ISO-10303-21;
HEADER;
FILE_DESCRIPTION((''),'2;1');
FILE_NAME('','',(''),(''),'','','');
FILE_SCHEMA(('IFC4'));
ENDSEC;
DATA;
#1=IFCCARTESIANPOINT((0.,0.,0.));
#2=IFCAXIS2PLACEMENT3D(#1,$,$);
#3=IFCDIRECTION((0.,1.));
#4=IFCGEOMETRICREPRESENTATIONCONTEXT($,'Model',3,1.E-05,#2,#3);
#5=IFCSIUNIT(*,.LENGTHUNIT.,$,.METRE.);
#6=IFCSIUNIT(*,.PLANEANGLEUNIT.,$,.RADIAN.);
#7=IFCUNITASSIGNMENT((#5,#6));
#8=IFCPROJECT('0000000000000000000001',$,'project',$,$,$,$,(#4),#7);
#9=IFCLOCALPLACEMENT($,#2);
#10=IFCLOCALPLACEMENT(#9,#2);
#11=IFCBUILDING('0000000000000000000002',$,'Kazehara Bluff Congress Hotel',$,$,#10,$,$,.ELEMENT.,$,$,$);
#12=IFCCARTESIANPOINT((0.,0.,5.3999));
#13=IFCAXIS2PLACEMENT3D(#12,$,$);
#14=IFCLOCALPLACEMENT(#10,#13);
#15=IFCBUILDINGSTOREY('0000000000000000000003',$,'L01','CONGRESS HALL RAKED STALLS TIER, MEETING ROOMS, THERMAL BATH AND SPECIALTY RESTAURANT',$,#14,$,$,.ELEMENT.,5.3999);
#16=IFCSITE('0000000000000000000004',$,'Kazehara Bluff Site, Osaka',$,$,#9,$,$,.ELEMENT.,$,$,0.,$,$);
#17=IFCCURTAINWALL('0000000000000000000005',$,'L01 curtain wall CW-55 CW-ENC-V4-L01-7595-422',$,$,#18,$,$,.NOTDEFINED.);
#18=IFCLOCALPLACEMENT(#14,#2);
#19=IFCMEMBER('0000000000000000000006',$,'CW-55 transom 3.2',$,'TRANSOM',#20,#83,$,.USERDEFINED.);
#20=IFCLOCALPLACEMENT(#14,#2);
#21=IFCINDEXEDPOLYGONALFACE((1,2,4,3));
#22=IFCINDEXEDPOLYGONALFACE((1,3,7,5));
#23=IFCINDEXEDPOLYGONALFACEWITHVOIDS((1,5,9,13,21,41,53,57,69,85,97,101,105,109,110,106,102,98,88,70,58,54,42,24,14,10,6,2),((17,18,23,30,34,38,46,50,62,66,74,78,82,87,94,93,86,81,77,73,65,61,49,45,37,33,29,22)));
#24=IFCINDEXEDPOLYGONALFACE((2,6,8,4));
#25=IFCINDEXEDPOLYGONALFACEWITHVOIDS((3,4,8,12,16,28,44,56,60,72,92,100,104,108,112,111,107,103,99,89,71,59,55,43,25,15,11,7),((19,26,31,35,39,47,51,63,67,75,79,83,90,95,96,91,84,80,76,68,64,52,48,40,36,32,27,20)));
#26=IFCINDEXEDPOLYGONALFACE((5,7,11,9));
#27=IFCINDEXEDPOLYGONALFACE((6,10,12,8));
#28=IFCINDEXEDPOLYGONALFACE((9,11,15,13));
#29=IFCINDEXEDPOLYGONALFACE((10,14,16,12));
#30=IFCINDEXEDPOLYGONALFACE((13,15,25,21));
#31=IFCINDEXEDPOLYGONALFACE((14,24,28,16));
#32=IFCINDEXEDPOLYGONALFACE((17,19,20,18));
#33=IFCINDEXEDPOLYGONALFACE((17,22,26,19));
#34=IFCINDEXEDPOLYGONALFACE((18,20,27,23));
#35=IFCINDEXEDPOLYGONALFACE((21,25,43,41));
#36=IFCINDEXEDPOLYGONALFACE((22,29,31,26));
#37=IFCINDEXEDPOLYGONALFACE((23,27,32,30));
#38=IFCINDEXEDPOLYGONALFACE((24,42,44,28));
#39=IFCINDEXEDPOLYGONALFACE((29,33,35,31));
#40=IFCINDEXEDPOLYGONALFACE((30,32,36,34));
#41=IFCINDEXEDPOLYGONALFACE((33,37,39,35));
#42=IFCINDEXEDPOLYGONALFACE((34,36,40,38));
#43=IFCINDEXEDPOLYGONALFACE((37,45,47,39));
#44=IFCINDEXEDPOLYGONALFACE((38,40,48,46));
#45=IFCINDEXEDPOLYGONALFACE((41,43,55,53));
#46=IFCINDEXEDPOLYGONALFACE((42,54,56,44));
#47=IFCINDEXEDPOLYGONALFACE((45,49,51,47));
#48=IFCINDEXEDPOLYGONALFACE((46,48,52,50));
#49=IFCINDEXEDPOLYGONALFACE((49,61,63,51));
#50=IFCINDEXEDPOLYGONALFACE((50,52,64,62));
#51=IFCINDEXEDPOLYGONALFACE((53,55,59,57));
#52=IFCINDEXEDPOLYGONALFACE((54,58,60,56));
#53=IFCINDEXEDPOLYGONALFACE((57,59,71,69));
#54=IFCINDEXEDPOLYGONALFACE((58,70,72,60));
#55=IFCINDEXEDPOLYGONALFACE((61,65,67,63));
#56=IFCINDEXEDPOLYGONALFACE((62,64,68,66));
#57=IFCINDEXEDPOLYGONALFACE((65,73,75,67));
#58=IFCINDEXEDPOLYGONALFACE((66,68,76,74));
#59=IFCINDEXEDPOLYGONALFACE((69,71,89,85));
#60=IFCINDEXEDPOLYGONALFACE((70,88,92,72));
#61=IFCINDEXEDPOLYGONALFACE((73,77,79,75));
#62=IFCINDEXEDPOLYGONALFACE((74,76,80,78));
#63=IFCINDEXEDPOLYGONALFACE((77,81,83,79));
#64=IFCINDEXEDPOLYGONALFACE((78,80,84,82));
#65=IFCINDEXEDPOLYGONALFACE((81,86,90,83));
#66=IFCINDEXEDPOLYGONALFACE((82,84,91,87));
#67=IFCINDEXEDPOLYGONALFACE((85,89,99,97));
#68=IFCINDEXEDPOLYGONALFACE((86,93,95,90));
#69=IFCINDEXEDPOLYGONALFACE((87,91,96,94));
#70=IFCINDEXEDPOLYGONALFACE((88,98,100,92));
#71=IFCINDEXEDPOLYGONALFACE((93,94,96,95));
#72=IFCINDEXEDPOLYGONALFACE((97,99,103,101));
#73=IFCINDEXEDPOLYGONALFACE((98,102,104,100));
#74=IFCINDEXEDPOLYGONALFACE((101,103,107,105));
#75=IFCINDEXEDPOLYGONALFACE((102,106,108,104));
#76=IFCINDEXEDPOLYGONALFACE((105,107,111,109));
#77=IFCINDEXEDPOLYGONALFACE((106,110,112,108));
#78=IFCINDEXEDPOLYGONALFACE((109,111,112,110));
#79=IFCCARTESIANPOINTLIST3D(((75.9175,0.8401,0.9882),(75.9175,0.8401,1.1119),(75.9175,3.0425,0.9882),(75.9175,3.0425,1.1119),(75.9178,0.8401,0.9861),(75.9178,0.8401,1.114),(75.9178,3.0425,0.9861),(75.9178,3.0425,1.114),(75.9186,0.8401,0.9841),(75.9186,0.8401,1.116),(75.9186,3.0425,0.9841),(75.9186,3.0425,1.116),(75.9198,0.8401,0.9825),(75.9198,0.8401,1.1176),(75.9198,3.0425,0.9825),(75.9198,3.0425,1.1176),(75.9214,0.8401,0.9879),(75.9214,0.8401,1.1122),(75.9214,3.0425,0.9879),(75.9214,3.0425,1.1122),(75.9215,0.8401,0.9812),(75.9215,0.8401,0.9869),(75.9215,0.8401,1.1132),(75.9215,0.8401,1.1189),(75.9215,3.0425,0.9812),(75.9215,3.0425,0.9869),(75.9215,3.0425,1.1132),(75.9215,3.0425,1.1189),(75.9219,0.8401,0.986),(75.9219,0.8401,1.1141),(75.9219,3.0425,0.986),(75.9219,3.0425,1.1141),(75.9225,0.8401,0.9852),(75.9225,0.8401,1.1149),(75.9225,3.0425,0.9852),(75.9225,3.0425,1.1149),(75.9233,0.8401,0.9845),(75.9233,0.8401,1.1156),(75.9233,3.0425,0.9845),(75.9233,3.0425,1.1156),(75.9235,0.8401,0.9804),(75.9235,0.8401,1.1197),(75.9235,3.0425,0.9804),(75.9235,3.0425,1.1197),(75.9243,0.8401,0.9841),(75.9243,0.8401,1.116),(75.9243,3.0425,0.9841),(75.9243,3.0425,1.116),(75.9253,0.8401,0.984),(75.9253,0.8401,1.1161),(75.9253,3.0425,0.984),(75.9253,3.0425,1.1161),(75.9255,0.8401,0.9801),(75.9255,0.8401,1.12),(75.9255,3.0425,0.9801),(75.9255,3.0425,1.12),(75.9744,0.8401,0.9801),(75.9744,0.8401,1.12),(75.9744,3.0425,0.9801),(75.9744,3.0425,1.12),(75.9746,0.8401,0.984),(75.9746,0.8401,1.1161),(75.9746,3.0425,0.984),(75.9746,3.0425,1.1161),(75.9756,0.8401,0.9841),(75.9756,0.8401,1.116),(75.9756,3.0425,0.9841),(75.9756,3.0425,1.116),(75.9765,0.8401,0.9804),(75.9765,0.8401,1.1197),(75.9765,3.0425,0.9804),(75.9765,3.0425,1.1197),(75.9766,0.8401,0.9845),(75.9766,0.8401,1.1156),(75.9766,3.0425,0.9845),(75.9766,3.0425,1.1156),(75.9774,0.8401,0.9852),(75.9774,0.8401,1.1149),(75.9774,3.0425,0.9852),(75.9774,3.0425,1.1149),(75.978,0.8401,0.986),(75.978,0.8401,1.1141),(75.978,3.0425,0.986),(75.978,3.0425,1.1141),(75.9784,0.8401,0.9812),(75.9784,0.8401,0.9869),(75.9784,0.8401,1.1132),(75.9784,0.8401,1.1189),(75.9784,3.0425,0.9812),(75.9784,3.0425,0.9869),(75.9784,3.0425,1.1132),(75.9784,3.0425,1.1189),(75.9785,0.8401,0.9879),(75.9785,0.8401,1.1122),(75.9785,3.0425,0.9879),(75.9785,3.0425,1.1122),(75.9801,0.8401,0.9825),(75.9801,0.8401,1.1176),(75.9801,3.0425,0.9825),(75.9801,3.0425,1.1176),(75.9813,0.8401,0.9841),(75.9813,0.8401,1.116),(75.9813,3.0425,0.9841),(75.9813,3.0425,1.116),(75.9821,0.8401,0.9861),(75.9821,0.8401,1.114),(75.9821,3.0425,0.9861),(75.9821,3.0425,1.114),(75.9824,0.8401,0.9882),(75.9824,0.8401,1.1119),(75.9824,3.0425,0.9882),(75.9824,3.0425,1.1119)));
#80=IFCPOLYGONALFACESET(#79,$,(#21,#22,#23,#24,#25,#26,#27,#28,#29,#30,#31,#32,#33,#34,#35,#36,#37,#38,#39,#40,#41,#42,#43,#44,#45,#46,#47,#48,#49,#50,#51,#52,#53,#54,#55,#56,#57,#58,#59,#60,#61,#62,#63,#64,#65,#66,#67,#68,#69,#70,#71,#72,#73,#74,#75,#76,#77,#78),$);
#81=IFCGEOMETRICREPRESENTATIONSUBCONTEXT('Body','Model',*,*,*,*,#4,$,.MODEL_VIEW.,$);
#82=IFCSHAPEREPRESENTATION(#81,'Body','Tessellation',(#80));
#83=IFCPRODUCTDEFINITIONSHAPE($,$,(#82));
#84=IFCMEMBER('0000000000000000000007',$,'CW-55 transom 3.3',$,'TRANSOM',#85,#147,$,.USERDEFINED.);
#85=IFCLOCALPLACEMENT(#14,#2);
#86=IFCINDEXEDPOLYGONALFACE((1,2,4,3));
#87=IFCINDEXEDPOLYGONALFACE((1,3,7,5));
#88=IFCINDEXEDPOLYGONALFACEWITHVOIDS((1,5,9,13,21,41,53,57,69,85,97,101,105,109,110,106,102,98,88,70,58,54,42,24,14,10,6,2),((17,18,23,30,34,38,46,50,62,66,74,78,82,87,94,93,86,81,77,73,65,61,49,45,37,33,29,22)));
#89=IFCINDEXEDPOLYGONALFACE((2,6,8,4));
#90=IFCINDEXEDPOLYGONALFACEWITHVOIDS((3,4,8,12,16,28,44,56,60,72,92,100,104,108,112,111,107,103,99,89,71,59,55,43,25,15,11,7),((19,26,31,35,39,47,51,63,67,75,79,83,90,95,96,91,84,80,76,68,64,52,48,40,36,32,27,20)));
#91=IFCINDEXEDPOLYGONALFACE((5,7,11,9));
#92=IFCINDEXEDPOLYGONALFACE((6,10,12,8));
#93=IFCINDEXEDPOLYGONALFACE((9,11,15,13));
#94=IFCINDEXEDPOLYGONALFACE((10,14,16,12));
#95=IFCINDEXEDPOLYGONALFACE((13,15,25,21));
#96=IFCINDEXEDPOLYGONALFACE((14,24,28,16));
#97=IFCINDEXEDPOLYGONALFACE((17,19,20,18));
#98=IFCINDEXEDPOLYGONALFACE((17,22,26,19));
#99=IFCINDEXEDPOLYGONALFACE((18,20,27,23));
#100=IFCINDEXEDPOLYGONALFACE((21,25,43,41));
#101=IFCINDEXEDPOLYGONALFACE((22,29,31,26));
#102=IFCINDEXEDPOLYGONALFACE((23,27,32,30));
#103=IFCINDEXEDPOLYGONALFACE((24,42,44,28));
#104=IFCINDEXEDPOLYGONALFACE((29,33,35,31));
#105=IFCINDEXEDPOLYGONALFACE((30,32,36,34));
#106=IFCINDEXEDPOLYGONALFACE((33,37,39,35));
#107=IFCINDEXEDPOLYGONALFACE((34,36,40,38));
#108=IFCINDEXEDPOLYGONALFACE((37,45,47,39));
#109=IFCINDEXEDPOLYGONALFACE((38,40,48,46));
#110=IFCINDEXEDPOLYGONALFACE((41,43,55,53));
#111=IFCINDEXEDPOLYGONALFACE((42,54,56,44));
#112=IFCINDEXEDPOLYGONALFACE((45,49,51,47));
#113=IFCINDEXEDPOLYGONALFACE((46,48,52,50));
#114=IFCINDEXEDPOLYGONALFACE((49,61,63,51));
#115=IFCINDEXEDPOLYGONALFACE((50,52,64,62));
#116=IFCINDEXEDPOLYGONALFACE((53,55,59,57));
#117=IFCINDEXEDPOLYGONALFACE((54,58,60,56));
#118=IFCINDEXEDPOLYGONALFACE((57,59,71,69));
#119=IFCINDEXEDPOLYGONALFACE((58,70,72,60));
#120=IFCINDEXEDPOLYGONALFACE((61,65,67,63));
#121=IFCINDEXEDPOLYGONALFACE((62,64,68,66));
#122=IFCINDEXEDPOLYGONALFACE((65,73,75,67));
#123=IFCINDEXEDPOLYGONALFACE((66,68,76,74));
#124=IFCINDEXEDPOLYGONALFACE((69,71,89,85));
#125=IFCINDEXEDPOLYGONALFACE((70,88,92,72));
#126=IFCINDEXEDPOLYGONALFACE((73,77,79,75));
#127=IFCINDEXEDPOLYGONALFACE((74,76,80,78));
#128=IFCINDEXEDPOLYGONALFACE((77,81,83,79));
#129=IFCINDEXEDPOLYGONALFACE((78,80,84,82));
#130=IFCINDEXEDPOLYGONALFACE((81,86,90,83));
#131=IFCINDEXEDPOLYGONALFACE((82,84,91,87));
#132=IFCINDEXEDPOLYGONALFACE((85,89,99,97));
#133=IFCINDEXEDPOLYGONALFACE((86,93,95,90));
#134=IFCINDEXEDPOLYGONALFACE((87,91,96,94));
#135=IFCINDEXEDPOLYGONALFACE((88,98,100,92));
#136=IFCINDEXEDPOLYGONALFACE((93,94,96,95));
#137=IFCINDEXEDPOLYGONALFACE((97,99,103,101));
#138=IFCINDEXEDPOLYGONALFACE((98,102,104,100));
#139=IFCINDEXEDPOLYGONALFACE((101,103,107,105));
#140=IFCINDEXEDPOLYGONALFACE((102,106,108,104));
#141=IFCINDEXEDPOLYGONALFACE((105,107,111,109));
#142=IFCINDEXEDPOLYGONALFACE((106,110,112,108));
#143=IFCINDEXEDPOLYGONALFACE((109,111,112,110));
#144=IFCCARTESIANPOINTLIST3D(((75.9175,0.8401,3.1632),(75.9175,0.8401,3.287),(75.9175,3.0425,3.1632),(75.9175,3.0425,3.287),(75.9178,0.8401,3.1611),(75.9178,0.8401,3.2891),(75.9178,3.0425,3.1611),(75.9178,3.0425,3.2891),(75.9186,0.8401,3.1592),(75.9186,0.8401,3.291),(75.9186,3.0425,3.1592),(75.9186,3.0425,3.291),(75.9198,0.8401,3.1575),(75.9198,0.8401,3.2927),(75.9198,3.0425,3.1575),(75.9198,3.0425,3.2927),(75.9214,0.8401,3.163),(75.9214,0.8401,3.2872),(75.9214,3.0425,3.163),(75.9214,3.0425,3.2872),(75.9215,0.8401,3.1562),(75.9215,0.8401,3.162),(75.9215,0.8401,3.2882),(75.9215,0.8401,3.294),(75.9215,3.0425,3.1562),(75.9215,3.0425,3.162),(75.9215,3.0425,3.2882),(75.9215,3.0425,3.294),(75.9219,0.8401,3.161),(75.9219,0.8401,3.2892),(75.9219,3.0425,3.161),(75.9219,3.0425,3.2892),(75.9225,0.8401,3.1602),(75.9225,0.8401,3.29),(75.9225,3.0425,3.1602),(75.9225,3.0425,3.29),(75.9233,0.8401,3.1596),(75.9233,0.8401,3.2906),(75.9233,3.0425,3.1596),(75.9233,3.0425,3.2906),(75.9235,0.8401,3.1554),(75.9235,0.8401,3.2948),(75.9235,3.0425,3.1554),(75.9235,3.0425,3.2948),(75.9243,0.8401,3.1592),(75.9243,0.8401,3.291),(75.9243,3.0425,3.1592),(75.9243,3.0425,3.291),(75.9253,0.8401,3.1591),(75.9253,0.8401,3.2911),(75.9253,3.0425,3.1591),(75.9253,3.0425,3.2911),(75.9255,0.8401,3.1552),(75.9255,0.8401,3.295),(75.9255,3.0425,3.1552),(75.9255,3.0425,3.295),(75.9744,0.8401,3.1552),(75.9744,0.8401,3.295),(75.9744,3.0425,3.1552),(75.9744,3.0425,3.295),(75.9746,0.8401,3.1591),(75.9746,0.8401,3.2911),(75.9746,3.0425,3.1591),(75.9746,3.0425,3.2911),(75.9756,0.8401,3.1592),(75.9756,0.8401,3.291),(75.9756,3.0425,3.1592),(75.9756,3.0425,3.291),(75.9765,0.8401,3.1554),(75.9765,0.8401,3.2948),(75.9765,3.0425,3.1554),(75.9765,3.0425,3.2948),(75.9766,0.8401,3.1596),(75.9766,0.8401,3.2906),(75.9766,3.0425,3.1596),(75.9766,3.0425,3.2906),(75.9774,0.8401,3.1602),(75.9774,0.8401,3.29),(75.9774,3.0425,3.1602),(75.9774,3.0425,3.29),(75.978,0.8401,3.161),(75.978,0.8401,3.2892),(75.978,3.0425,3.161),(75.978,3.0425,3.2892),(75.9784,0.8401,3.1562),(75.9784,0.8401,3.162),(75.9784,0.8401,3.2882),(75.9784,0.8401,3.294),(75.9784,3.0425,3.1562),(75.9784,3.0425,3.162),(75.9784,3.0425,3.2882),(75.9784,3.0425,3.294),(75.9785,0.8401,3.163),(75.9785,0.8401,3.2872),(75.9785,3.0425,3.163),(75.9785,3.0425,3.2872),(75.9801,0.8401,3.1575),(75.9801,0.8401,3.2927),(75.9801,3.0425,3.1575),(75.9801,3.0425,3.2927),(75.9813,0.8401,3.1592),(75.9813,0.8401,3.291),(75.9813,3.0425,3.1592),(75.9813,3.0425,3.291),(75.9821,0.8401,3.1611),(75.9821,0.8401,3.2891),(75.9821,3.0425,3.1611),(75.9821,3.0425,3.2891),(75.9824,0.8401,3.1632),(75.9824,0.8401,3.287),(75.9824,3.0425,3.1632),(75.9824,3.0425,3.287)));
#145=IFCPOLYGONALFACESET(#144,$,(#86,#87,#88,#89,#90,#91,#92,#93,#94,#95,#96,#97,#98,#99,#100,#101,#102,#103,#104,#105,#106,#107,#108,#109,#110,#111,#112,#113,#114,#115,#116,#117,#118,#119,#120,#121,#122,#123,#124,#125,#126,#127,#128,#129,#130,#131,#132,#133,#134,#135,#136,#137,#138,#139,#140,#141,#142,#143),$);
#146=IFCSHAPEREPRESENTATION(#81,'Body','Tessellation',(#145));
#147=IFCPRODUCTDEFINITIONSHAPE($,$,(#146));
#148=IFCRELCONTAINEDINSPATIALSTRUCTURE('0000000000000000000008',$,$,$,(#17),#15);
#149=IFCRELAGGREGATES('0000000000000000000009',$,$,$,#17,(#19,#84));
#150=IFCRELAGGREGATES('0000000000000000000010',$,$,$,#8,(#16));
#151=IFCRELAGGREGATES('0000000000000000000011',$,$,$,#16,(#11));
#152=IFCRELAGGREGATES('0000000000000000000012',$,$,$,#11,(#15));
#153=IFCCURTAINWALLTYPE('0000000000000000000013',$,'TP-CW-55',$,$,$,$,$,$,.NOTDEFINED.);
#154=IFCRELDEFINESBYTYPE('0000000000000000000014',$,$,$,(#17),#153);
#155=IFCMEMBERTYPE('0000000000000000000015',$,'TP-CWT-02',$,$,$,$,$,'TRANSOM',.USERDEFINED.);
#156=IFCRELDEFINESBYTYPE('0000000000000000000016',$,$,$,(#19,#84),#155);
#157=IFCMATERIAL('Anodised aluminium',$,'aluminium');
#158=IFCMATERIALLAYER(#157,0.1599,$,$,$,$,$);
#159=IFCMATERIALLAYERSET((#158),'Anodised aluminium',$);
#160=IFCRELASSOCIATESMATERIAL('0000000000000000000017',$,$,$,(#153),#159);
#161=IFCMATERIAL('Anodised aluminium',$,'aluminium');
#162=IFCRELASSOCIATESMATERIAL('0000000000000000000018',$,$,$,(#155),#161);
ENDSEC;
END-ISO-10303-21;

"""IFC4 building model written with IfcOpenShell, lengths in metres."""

from ifc_helpers import new_model, si_unit, direction, frame, origin, origin_2d, place, context, subcontext, project, spatial, hollow_rectangle, extrude, material, layer, layer_set, material_profile, profile_set, type_object, element, aggregate, save


model = new_model("IFC4")

# Units and contexts
model_context = context("Model", 3, precision=1e-05, world=origin(), true_north=direction((0.0, 1.0)))
body_context = subcontext(model_context, "Body", "Model", "MODEL_VIEW")
ifc_project = project(units=[si_unit("LENGTHUNIT", "METRE"), si_unit("PLANEANGLEUNIT", "RADIAN")], contexts=[model_context])

# Site, building, storey
site_placement = place(None, origin())
site = spatial("IfcSite", under=ifc_project, at=site_placement, Name="Kazehara Bluff Site, Osaka", CompositionType="ELEMENT", RefElevation=0.0)
building_placement = place(site_placement, origin())
building = spatial("IfcBuilding", under=site, at=building_placement, Name="Kazehara Bluff Congress Hotel", CompositionType="ELEMENT")
storey_placement = place(building_placement, frame((0.0, 0.0, 5.3999)))
storey = spatial("IfcBuildingStorey", under=building, at=storey_placement, Name="L01", Description="CONGRESS HALL RAKED STALLS TIER, MEETING ROOMS, THERMAL BATH AND SPECIALTY RESTAURANT", CompositionType="ELEMENT", Elevation=5.3999)

# Curtain wall
ifc_material_1 = material(Name="Anodised aluminium", Category="aluminium")
ifc_layer_1 = layer(ifc_material_1, 0.1599)
ifc_layer_set_1 = layer_set([ifc_layer_1], Name="Anodised aluminium")
curtain_wall_type_1 = type_object("IfcCurtainWallType", Name="TP-CW-55", PredefinedType="NOTDEFINED", material=ifc_layer_set_1)
curtain_wall_1_placement = place(storey_placement, origin())
curtain_wall_1 = element("IfcCurtainWall", 1, at=curtain_wall_1_placement, inside=storey, type_object=curtain_wall_type_1, Name="L01 curtain wall CW-55 CW-ENC-V4-L01-7595-422", PredefinedType="NOTDEFINED")

# Members
ifc_material_2 = material(Name="Anodised aluminium", Category="aluminium")
ifc_material_profile_1 = material_profile(ifc_material_2, hollow_rectangle(XDim=0.0649, YDim=0.1399, WallThickness=0.0039, InnerFilletRadius=0.0039, OuterFilletRadius=0.0081, at=origin_2d()))
ifc_profile_set_1 = profile_set([ifc_material_profile_1], Name="Anodised aluminium")
member_type_1 = type_object("IfcMemberType", Name="TP-CWT-02", ElementType="TRANSOM", PredefinedType="USERDEFINED", material=ifc_profile_set_1)
member_1_placement = place(storey_placement, frame((75.95, 3.0425, 1.05), z_axis=(0.0, -1.0, 0.0), x_axis=(1.0, 0.0, 0.0)))
member_1 = element("IfcMember", 2, at=member_1_placement, type_object=member_type_1, Name="CW-55 transom 3.2", ObjectType="TRANSOM", PredefinedType="USERDEFINED", context=body_context, shape_type="SweptSolid", body=[
    extrude(hollow_rectangle(XDim=0.0649, YDim=0.1399, WallThickness=0.0039, InnerFilletRadius=0.0039, OuterFilletRadius=0.0081, at=origin_2d()), origin(), (0.0, 0.0, 1.0), 2.2024),
])
member_2_placement = place(storey_placement, frame((75.95, 3.0425, 3.2251), z_axis=(0.0, -1.0, 0.0), x_axis=(1.0, 0.0, 0.0)))
member_2 = element("IfcMember", 3, at=member_2_placement, type_object=member_type_1, Name="CW-55 transom 3.3", ObjectType="TRANSOM", PredefinedType="USERDEFINED", context=body_context, shape_type="SweptSolid", body=[
    extrude(hollow_rectangle(XDim=0.0649, YDim=0.1399, WallThickness=0.0039, InnerFilletRadius=0.0039, OuterFilletRadius=0.0081, at=origin_2d()), origin(), (0.0, 0.0, 1.0), 2.2024),
])

aggregate(curtain_wall_1, [member_1, member_2])

save(model, "model.ifc")
